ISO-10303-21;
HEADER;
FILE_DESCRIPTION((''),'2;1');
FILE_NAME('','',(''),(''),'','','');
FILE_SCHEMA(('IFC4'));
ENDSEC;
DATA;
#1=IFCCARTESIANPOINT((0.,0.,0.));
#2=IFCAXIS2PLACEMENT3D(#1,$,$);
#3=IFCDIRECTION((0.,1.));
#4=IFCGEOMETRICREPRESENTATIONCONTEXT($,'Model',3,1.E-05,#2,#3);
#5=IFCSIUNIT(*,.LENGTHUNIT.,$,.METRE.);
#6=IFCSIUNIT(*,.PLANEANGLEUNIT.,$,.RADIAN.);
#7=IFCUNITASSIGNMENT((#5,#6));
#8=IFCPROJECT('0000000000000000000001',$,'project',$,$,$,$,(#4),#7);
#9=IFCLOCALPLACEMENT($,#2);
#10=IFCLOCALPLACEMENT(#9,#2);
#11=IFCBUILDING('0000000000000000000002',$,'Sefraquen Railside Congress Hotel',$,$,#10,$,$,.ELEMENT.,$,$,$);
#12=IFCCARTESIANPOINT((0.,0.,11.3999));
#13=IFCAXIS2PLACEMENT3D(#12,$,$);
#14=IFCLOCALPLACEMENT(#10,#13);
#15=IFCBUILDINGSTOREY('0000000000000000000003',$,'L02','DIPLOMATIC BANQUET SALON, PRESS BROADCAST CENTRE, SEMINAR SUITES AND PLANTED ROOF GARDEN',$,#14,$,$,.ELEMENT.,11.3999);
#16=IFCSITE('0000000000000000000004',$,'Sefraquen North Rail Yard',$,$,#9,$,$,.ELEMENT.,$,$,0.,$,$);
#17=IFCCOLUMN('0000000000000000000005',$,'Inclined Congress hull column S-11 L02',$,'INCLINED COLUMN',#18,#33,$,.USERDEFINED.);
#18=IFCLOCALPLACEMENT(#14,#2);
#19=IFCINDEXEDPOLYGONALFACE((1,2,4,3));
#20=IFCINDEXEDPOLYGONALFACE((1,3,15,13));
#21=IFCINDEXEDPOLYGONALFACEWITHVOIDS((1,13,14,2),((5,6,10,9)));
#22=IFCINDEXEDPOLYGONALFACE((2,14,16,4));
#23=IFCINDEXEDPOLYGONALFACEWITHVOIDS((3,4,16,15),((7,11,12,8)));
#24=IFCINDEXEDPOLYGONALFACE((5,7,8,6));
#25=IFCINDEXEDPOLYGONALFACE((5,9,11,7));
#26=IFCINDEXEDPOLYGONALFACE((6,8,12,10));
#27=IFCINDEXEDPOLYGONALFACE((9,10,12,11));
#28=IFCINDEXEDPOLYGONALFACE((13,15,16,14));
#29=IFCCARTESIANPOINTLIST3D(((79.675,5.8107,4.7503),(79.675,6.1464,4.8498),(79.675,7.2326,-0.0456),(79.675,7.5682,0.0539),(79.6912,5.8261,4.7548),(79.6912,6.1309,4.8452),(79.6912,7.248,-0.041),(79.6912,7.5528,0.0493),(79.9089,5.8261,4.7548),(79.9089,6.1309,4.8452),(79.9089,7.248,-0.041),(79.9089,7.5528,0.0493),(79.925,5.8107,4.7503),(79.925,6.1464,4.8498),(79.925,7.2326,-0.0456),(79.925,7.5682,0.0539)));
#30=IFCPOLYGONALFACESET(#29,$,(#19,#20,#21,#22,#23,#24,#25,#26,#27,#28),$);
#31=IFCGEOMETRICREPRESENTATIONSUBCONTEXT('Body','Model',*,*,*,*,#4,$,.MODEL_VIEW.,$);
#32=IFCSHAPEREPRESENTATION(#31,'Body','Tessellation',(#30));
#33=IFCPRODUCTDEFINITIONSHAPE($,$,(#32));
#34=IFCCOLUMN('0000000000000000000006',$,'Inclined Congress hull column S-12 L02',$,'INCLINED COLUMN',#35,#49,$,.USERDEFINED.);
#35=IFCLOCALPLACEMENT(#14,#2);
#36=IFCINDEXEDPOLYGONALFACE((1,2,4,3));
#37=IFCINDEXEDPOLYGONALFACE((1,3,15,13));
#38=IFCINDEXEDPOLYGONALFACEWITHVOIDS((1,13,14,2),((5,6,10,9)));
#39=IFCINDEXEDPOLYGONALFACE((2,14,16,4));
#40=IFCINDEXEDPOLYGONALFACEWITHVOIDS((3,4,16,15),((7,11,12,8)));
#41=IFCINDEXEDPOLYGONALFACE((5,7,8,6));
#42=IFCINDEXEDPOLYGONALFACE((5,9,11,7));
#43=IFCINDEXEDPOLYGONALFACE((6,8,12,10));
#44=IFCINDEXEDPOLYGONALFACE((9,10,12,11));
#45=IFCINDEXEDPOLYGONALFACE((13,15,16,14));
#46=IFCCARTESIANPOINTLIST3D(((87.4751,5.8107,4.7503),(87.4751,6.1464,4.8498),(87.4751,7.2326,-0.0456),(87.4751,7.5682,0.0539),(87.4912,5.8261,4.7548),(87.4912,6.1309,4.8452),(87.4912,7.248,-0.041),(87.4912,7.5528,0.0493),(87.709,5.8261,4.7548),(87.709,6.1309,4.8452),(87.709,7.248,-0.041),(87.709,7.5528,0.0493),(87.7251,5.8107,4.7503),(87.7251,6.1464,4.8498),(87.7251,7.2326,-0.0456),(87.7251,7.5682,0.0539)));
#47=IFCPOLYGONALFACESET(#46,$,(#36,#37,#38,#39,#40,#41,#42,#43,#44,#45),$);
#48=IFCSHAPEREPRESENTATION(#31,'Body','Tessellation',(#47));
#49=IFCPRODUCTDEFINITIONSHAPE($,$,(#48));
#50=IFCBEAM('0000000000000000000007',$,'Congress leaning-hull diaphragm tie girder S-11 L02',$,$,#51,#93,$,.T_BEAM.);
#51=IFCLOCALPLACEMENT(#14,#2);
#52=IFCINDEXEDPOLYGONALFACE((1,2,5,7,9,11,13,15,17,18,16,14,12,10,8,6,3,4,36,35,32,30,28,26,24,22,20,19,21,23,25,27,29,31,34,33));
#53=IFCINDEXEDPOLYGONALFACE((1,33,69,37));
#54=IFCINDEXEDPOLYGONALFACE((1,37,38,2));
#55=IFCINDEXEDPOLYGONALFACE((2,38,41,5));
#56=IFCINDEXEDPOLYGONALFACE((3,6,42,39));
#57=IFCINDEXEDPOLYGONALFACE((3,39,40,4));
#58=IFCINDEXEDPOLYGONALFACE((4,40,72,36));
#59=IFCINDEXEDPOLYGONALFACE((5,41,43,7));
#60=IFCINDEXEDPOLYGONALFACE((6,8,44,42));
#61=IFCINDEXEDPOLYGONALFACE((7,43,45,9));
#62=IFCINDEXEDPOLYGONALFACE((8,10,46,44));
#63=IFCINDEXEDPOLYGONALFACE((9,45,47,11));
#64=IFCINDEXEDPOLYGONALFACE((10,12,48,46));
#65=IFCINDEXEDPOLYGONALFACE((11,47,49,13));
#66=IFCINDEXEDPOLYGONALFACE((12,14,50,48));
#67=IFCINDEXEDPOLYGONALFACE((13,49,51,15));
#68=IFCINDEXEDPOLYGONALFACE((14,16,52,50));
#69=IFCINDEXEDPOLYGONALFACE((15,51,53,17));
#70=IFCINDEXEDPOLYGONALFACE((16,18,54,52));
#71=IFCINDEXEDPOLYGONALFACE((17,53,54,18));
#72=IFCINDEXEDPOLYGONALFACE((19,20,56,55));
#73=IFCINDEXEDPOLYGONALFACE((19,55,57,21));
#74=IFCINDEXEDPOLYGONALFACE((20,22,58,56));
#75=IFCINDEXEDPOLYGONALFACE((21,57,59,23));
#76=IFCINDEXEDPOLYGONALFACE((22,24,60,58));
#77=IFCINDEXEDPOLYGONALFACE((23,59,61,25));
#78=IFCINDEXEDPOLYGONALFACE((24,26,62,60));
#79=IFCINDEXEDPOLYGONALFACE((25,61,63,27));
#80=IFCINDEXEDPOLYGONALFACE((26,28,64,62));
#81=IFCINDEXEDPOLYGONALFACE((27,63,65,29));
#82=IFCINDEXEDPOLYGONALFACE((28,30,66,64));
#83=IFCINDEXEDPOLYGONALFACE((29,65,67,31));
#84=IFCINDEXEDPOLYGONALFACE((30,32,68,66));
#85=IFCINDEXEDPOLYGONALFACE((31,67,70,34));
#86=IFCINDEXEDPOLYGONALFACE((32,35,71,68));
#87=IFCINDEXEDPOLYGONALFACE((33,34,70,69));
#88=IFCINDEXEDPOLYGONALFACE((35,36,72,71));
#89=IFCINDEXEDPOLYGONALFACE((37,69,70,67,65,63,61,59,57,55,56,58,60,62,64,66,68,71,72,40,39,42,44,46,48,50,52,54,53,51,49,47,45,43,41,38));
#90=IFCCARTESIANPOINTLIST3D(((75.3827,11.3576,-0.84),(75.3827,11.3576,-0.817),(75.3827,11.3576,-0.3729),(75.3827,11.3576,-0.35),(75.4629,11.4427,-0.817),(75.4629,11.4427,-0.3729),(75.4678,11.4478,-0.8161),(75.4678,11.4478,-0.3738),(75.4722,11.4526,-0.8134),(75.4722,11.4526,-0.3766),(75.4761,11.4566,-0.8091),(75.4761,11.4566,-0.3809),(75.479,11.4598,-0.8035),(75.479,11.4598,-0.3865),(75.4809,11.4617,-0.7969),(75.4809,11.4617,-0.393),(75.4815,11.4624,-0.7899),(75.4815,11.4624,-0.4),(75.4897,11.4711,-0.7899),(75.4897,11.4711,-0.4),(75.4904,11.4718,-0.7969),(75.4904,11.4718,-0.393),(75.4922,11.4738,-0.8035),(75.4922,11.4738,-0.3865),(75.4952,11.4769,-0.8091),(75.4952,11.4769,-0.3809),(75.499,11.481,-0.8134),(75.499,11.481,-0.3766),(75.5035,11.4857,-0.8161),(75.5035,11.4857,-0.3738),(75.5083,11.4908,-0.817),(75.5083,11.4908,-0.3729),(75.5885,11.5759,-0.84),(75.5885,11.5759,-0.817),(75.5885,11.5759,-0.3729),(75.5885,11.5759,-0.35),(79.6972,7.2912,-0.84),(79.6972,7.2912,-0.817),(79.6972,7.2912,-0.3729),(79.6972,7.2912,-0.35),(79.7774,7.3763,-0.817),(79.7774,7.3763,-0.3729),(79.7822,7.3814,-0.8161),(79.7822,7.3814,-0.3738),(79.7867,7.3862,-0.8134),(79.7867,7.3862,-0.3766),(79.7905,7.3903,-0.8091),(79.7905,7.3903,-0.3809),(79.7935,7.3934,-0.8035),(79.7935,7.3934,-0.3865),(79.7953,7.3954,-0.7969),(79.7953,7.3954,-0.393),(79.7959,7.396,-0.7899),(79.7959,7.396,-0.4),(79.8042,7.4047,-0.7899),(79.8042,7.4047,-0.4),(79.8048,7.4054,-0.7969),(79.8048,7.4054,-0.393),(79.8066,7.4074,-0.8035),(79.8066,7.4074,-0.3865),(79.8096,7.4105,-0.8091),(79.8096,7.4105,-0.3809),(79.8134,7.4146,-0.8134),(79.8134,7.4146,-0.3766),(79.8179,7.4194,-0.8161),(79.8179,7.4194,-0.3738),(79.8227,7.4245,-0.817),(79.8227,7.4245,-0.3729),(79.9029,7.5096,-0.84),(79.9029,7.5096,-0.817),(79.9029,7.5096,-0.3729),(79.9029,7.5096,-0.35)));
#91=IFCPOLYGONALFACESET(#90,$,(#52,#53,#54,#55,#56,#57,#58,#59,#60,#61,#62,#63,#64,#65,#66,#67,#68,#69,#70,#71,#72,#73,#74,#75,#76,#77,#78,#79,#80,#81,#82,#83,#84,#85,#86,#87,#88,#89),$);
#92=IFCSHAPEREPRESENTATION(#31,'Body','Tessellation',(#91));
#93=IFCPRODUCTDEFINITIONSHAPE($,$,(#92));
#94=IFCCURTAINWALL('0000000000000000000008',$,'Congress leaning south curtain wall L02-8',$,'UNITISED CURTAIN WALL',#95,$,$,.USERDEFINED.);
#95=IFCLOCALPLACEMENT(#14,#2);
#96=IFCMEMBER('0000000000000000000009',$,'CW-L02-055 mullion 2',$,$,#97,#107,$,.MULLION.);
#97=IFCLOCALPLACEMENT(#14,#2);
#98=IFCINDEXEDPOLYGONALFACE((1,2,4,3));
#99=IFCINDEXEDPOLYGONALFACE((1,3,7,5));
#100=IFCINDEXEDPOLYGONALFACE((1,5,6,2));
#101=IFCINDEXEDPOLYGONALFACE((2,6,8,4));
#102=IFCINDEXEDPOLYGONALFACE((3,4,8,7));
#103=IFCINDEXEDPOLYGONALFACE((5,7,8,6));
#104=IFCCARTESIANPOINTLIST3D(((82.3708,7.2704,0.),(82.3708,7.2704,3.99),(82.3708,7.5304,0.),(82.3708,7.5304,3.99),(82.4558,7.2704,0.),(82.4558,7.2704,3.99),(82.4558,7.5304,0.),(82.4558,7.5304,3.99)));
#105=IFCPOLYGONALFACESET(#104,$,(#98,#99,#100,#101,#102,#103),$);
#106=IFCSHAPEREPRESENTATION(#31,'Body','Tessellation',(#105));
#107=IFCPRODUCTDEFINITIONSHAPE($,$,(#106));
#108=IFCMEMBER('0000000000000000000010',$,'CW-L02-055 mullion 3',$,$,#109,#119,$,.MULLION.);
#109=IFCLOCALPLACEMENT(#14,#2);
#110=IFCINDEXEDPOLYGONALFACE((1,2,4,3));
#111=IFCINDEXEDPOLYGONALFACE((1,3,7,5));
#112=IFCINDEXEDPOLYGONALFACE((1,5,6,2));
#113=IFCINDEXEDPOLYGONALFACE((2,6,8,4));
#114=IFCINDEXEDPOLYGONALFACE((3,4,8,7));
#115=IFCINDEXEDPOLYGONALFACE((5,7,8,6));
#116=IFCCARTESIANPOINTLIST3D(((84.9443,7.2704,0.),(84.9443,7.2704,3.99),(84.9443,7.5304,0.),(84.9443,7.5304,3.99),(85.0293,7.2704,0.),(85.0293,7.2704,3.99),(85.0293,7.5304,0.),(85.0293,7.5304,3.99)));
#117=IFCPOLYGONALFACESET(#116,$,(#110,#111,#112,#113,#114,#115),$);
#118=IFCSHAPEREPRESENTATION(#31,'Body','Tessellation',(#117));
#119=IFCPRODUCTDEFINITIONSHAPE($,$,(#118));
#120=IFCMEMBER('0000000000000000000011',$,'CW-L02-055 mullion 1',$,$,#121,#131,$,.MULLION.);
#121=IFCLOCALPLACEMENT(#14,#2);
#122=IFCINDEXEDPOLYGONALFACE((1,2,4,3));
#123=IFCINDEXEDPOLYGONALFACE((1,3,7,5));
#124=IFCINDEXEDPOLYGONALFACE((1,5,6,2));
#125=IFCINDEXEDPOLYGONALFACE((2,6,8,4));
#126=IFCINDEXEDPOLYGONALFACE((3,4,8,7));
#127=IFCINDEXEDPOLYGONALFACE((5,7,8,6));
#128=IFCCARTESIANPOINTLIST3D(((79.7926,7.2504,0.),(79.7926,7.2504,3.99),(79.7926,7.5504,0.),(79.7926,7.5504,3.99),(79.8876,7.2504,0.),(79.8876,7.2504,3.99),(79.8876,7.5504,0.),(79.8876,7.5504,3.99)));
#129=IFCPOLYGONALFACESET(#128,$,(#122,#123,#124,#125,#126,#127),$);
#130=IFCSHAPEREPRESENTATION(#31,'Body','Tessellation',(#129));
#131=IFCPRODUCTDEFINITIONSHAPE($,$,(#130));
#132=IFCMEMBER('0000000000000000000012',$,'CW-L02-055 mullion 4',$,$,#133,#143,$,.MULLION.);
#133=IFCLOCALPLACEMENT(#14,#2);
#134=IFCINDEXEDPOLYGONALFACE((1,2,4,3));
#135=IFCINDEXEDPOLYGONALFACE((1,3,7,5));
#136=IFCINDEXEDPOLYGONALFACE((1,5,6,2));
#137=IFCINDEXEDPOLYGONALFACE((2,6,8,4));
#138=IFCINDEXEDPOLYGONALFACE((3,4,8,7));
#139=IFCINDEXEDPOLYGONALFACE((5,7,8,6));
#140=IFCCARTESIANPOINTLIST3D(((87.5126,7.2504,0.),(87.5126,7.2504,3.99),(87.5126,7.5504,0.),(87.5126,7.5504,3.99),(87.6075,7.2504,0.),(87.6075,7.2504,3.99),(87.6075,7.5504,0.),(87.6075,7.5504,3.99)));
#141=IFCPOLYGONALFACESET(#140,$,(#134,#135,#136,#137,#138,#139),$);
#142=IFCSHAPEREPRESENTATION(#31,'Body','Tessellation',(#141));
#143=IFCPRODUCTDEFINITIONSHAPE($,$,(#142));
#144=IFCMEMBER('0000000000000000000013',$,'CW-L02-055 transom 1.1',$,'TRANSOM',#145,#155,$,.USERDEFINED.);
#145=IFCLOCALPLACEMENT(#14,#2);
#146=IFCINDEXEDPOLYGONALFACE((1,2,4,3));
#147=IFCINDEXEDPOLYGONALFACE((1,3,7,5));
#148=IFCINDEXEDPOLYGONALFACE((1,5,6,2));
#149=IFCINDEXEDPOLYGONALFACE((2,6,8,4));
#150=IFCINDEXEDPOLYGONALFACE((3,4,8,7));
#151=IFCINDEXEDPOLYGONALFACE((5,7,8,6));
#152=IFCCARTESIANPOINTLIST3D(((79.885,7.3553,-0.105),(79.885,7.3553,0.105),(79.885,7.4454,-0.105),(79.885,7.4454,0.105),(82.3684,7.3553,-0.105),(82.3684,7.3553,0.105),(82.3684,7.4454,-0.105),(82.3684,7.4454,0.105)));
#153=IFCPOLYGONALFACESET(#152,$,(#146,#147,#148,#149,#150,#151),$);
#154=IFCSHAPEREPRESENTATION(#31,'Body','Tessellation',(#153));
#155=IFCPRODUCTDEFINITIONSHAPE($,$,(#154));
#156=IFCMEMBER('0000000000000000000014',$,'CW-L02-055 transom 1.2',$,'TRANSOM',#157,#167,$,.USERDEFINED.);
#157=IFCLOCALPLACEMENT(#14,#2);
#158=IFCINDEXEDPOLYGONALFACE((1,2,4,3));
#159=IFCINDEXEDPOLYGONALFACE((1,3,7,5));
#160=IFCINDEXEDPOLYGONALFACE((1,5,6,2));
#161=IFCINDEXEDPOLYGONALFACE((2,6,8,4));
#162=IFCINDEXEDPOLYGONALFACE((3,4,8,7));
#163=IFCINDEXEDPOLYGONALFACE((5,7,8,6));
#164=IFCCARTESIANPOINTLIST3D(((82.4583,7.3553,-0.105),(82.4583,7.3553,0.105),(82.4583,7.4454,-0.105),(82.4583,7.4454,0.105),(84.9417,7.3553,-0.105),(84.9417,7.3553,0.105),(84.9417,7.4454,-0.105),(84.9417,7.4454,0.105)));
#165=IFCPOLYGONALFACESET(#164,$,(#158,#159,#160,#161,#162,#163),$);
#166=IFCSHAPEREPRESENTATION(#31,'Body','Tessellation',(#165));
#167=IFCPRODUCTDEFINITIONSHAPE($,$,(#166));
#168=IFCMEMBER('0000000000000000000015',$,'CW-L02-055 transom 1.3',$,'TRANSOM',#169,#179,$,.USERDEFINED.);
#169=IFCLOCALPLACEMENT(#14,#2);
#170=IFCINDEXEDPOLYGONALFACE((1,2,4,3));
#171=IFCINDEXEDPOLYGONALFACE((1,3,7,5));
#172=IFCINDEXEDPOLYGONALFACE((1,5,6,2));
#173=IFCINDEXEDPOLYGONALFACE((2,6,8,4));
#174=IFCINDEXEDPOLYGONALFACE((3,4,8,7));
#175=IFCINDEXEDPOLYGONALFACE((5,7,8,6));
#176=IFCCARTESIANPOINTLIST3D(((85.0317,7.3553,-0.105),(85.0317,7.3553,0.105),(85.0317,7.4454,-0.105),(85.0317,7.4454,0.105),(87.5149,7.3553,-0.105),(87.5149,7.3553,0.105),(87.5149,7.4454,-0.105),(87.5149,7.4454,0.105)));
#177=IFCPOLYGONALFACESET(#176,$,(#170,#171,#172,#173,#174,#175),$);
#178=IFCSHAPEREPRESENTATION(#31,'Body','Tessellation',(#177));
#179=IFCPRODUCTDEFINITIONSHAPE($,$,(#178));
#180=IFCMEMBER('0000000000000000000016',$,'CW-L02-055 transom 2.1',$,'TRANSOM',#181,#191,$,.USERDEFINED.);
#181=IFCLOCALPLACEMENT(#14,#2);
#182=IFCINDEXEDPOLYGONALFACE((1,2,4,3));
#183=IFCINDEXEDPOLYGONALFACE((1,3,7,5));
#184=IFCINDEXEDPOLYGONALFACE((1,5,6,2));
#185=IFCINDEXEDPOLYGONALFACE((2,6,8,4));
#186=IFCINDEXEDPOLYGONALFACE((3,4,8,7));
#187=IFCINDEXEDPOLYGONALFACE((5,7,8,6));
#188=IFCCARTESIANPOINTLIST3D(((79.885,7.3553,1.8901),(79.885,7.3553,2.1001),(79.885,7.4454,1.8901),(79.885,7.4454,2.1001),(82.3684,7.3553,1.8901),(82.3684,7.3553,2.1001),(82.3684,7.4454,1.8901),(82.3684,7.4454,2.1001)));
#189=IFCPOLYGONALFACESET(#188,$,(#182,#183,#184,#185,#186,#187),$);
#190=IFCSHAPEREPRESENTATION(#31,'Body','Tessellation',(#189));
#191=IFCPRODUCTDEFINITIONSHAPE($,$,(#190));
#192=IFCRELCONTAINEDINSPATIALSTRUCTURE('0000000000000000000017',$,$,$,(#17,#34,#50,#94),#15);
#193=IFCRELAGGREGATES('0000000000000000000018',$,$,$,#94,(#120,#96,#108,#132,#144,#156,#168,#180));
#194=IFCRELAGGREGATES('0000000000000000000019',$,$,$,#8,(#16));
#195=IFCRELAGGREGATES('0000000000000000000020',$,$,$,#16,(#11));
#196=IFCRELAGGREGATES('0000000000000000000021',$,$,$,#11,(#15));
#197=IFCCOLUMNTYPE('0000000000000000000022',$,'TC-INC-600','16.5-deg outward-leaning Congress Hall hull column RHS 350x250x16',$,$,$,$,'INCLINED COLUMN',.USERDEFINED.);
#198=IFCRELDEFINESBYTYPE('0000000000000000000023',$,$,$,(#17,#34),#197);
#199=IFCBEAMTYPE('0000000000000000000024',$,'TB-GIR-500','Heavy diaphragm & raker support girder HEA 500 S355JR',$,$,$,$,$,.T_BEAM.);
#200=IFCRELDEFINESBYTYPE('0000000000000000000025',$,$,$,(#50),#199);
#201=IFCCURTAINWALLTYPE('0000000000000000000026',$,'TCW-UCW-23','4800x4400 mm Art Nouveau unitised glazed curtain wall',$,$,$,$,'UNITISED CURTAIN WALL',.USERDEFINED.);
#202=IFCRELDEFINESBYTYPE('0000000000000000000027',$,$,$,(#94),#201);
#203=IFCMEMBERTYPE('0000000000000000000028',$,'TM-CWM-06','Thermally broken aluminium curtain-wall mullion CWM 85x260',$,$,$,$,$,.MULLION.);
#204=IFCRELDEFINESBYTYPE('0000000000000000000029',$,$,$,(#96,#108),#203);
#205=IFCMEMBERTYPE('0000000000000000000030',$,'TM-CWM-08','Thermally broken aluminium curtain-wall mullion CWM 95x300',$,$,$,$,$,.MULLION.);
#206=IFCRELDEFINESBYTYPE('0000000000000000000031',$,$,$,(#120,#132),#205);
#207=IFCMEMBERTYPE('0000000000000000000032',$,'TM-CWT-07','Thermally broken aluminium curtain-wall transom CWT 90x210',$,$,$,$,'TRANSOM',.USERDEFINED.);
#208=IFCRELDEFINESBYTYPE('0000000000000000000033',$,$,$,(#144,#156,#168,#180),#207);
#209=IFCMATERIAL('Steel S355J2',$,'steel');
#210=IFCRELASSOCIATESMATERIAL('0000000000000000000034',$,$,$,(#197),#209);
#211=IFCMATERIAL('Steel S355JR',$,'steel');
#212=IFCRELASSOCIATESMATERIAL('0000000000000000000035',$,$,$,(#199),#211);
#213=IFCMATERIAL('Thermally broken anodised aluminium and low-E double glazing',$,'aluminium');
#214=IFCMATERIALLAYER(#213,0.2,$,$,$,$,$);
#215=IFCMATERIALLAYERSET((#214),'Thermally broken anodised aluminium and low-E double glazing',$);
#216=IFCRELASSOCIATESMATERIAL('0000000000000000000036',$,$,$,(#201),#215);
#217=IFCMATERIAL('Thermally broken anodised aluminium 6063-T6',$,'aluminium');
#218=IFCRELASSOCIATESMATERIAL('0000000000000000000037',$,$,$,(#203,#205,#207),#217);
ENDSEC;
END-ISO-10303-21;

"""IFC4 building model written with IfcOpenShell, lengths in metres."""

from ifc_helpers import new_model, si_unit, direction, frame, origin, origin_2d, place, context, subcontext, project, spatial, rectangle, hollow_rectangle, i_section, extrude, material, layer, layer_set, material_profile, profile_set, type_object, element, aggregate, save


model = new_model("IFC4")

# Units and contexts
model_context = context("Model", 3, precision=1e-05, world=origin(), true_north=direction((0.0, 1.0)))
body_context = subcontext(model_context, "Body", "Model", "MODEL_VIEW")
ifc_project = project(units=[si_unit("LENGTHUNIT", "METRE"), si_unit("PLANEANGLEUNIT", "RADIAN")], contexts=[model_context])

# Site, building, storey
site_placement = place(None, origin())
site = spatial("IfcSite", under=ifc_project, at=site_placement, Name="Sefraquen North Rail Yard", CompositionType="ELEMENT", RefElevation=0.0)
building_placement = place(site_placement, origin())
building = spatial("IfcBuilding", under=site, at=building_placement, Name="Sefraquen Railside Congress Hotel", CompositionType="ELEMENT")
storey_placement = place(building_placement, frame((0.0, 0.0, 11.3999)))
storey = spatial("IfcBuildingStorey", under=building, at=storey_placement, Name="L02", Description="DIPLOMATIC BANQUET SALON, PRESS BROADCAST CENTRE, SEMINAR SUITES AND PLANTED ROOF GARDEN", CompositionType="ELEMENT", Elevation=11.3999)

# Columns
ifc_material_1 = material(Name="Steel S355J2", Category="steel")
ifc_material_profile_1 = material_profile(ifc_material_1, hollow_rectangle(XDim=0.25, YDim=0.3501, WallThickness=0.0161, at=origin_2d()), Name="RHS 350x250x16")
ifc_profile_set_1 = profile_set([ifc_material_profile_1], Name="Steel S355J2")
column_type = type_object("IfcColumnType", Name="TC-INC-600", Description="16.5-deg outward-leaning Congress Hall hull column RHS 350x250x16", ElementType="INCLINED COLUMN", PredefinedType="USERDEFINED", material=ifc_profile_set_1)
for number, where, z_axis, x_axis, name in (
    (1, (79.8, 7.4004, 0.0042), (0.0, -0.284248, 0.958751), (1.0, 0.0, 0.0), "Inclined Congress hull column S-11 L02"),
    (2, (87.6001, 7.4004, 0.0042), (0.0, -0.284248, 0.958751), (1.0, 0.0, 0.0), "Inclined Congress hull column S-12 L02"),
):
    element("IfcColumn", number, at=place(storey_placement, frame(where, z_axis=z_axis, x_axis=x_axis)), inside=storey, type_object=column_type, Name=name, ObjectType="INCLINED COLUMN", PredefinedType="USERDEFINED", context=body_context, shape_type="SweptSolid", body=[
        extrude(hollow_rectangle(XDim=0.25, YDim=0.3501, WallThickness=0.0161, at=origin_2d()), origin(), (0.0, 0.0, 1.0), 5.0022),
    ])

# Beam
ifc_material_2 = material(Name="Steel S355JR", Category="steel")
ifc_material_profile_2 = material_profile(ifc_material_2, i_section(OverallWidth=0.3, OverallDepth=0.49, WebThickness=0.012, FlangeThickness=0.0229, FilletRadius=0.0271, at=origin_2d()), Name="HEA 500")
ifc_profile_set_2 = profile_set([ifc_material_profile_2], Name="Steel S355JR")
beam_type = type_object("IfcBeamType", Name="TB-GIR-500", Description="Heavy diaphragm & raker support girder HEA 500 S355JR", PredefinedType="T_BEAM", material=ifc_profile_set_2)
beam_placement = place(storey_placement, frame((79.8, 7.4004, -0.595), z_axis=(-0.727716, 0.685878, 0.0), x_axis=(-0.685878, -0.727716, 0.0)))
element("IfcBeam", 3, at=beam_placement, inside=storey, type_object=beam_type, Name="Congress leaning-hull diaphragm tie girder S-11 L02", PredefinedType="T_BEAM", context=body_context, shape_type="SweptSolid", body=[
    extrude(i_section(OverallWidth=0.3, OverallDepth=0.49, WebThickness=0.012, FlangeThickness=0.0229, FilletRadius=0.0271, at=origin_2d()), origin(), (0.0, 0.0, 1.0), 5.9287),
])

# Curtain wall, members
ifc_material_3 = material(Name="Thermally broken anodised aluminium and low-E double glazing", Category="aluminium")
ifc_layer_1 = layer(ifc_material_3, 0.2)
ifc_layer_set_1 = layer_set([ifc_layer_1], Name="Thermally broken anodised aluminium and low-E double glazing")
curtain_wall_type = type_object("IfcCurtainWallType", Name="TCW-UCW-23", Description="4800x4400 mm Art Nouveau unitised glazed curtain wall", ElementType="UNITISED CURTAIN WALL", PredefinedType="USERDEFINED", material=ifc_layer_set_1)
curtain_wall_placement = place(storey_placement, origin())
curtain_wall = element("IfcCurtainWall", 4, at=curtain_wall_placement, inside=storey, type_object=curtain_wall_type, Name="Congress leaning south curtain wall L02-8", ObjectType="UNITISED CURTAIN WALL", PredefinedType="USERDEFINED")
ifc_material_4 = material(Name="Thermally broken anodised aluminium 6063-T6", Category="aluminium")
ifc_material_profile_3 = material_profile(ifc_material_4, rectangle(XDim=0.085, YDim=0.26, at=origin_2d()), Name="CWM 85x260")
ifc_profile_set_3 = profile_set([ifc_material_profile_3], Name="Thermally broken anodised aluminium 6063-T6")
member_type_1 = type_object("IfcMemberType", Name="TM-CWM-06", Description="Thermally broken aluminium curtain-wall mullion CWM 85x260", PredefinedType="MULLION", material=ifc_profile_set_3)
member_1_placement = place(storey_placement, frame((82.4133, 7.4004, 0.0), z_axis=(0.0, 0.0, 1.0), x_axis=(1.0, 0.0, 0.0)))
member_1 = element("IfcMember", 5, at=member_1_placement, type_object=member_type_1, Name="CW-L02-055 mullion 2", PredefinedType="MULLION", context=body_context, shape_type="SweptSolid", body=[
    extrude(rectangle(XDim=0.085, YDim=0.26, at=origin_2d()), origin(), (0.0, 0.0, 1.0), 3.99),
])
member_2_placement = place(storey_placement, frame((84.9868, 7.4004, 0.0), z_axis=(0.0, 0.0, 1.0), x_axis=(1.0, 0.0, 0.0)))
member_2 = element("IfcMember", 6, at=member_2_placement, type_object=member_type_1, Name="CW-L02-055 mullion 3", PredefinedType="MULLION", context=body_context, shape_type="SweptSolid", body=[
    extrude(rectangle(XDim=0.085, YDim=0.26, at=origin_2d()), origin(), (0.0, 0.0, 1.0), 3.99),
])
ifc_material_profile_4 = material_profile(ifc_material_4, rectangle(XDim=0.095, YDim=0.3, at=origin_2d()), Name="CWM 95x300")
ifc_profile_set_4 = profile_set([ifc_material_profile_4], Name="Thermally broken anodised aluminium 6063-T6")
member_type_2 = type_object("IfcMemberType", Name="TM-CWM-08", Description="Thermally broken aluminium curtain-wall mullion CWM 95x300", PredefinedType="MULLION", material=ifc_profile_set_4)
member_3_placement = place(storey_placement, frame((79.8401, 7.4004, 0.0), z_axis=(0.0, 0.0, 1.0), x_axis=(1.0, 0.0, 0.0)))
member_3 = element("IfcMember", 7, at=member_3_placement, type_object=member_type_2, Name="CW-L02-055 mullion 1", PredefinedType="MULLION", context=body_context, shape_type="SweptSolid", body=[
    extrude(rectangle(XDim=0.095, YDim=0.3, at=origin_2d()), origin(), (0.0, 0.0, 1.0), 3.99),
])
member_4_placement = place(storey_placement, frame((87.5601, 7.4004, 0.0), z_axis=(0.0, 0.0, 1.0), x_axis=(1.0, 0.0, 0.0)))
member_4 = element("IfcMember", 8, at=member_4_placement, type_object=member_type_2, Name="CW-L02-055 mullion 4", PredefinedType="MULLION", context=body_context, shape_type="SweptSolid", body=[
    extrude(rectangle(XDim=0.095, YDim=0.3, at=origin_2d()), origin(), (0.0, 0.0, 1.0), 3.99),
])
ifc_material_profile_5 = material_profile(ifc_material_4, rectangle(XDim=0.0901, YDim=0.21, at=origin_2d()), Name="CWT 90x210")
ifc_profile_set_5 = profile_set([ifc_material_profile_5], Name="Thermally broken anodised aluminium 6063-T6")
member_type_3 = type_object("IfcMemberType", Name="TM-CWT-07", Description="Thermally broken aluminium curtain-wall transom CWT 90x210", ElementType="TRANSOM", PredefinedType="USERDEFINED", material=ifc_profile_set_5)
member_5_placement = place(storey_placement, frame((79.885, 7.4004, 0.0), z_axis=(1.0, 0.0, 0.0), x_axis=(0.0, 1.0, 0.0)))
member_5 = element("IfcMember", 9, at=member_5_placement, type_object=member_type_3, Name="CW-L02-055 transom 1.1", ObjectType="TRANSOM", PredefinedType="USERDEFINED", context=body_context, shape_type="SweptSolid", body=[
    extrude(rectangle(XDim=0.0901, YDim=0.21, at=origin_2d()), origin(), (0.0, 0.0, 1.0), 2.4834),
])
member_6_placement = place(storey_placement, frame((82.4583, 7.4004, 0.0), z_axis=(1.0, 0.0, 0.0), x_axis=(0.0, 1.0, 0.0)))
member_6 = element("IfcMember", 10, at=member_6_placement, type_object=member_type_3, Name="CW-L02-055 transom 1.2", ObjectType="TRANSOM", PredefinedType="USERDEFINED", context=body_context, shape_type="SweptSolid", body=[
    extrude(rectangle(XDim=0.0901, YDim=0.21, at=origin_2d()), origin(), (0.0, 0.0, 1.0), 2.4834),
])
member_7_placement = place(storey_placement, frame((85.0317, 7.4004, 0.0), z_axis=(1.0, 0.0, 0.0), x_axis=(0.0, 1.0, 0.0)))
member_7 = element("IfcMember", 11, at=member_7_placement, type_object=member_type_3, Name="CW-L02-055 transom 1.3", ObjectType="TRANSOM", PredefinedType="USERDEFINED", context=body_context, shape_type="SweptSolid", body=[
    extrude(rectangle(XDim=0.0901, YDim=0.21, at=origin_2d()), origin(), (0.0, 0.0, 1.0), 2.4832),
])
member_8_placement = place(storey_placement, frame((79.885, 7.4004, 1.9951), z_axis=(1.0, 0.0, 0.0), x_axis=(0.0, 1.0, 0.0)))
member_8 = element("IfcMember", 12, at=member_8_placement, type_object=member_type_3, Name="CW-L02-055 transom 2.1", ObjectType="TRANSOM", PredefinedType="USERDEFINED", context=body_context, shape_type="SweptSolid", body=[
    extrude(rectangle(XDim=0.0901, YDim=0.21, at=origin_2d()), origin(), (0.0, 0.0, 1.0), 2.4834),
])

aggregate(curtain_wall, [member_3, member_1, member_2, member_4, member_5, member_6, member_7, member_8])

save(model, "model.ifc")
